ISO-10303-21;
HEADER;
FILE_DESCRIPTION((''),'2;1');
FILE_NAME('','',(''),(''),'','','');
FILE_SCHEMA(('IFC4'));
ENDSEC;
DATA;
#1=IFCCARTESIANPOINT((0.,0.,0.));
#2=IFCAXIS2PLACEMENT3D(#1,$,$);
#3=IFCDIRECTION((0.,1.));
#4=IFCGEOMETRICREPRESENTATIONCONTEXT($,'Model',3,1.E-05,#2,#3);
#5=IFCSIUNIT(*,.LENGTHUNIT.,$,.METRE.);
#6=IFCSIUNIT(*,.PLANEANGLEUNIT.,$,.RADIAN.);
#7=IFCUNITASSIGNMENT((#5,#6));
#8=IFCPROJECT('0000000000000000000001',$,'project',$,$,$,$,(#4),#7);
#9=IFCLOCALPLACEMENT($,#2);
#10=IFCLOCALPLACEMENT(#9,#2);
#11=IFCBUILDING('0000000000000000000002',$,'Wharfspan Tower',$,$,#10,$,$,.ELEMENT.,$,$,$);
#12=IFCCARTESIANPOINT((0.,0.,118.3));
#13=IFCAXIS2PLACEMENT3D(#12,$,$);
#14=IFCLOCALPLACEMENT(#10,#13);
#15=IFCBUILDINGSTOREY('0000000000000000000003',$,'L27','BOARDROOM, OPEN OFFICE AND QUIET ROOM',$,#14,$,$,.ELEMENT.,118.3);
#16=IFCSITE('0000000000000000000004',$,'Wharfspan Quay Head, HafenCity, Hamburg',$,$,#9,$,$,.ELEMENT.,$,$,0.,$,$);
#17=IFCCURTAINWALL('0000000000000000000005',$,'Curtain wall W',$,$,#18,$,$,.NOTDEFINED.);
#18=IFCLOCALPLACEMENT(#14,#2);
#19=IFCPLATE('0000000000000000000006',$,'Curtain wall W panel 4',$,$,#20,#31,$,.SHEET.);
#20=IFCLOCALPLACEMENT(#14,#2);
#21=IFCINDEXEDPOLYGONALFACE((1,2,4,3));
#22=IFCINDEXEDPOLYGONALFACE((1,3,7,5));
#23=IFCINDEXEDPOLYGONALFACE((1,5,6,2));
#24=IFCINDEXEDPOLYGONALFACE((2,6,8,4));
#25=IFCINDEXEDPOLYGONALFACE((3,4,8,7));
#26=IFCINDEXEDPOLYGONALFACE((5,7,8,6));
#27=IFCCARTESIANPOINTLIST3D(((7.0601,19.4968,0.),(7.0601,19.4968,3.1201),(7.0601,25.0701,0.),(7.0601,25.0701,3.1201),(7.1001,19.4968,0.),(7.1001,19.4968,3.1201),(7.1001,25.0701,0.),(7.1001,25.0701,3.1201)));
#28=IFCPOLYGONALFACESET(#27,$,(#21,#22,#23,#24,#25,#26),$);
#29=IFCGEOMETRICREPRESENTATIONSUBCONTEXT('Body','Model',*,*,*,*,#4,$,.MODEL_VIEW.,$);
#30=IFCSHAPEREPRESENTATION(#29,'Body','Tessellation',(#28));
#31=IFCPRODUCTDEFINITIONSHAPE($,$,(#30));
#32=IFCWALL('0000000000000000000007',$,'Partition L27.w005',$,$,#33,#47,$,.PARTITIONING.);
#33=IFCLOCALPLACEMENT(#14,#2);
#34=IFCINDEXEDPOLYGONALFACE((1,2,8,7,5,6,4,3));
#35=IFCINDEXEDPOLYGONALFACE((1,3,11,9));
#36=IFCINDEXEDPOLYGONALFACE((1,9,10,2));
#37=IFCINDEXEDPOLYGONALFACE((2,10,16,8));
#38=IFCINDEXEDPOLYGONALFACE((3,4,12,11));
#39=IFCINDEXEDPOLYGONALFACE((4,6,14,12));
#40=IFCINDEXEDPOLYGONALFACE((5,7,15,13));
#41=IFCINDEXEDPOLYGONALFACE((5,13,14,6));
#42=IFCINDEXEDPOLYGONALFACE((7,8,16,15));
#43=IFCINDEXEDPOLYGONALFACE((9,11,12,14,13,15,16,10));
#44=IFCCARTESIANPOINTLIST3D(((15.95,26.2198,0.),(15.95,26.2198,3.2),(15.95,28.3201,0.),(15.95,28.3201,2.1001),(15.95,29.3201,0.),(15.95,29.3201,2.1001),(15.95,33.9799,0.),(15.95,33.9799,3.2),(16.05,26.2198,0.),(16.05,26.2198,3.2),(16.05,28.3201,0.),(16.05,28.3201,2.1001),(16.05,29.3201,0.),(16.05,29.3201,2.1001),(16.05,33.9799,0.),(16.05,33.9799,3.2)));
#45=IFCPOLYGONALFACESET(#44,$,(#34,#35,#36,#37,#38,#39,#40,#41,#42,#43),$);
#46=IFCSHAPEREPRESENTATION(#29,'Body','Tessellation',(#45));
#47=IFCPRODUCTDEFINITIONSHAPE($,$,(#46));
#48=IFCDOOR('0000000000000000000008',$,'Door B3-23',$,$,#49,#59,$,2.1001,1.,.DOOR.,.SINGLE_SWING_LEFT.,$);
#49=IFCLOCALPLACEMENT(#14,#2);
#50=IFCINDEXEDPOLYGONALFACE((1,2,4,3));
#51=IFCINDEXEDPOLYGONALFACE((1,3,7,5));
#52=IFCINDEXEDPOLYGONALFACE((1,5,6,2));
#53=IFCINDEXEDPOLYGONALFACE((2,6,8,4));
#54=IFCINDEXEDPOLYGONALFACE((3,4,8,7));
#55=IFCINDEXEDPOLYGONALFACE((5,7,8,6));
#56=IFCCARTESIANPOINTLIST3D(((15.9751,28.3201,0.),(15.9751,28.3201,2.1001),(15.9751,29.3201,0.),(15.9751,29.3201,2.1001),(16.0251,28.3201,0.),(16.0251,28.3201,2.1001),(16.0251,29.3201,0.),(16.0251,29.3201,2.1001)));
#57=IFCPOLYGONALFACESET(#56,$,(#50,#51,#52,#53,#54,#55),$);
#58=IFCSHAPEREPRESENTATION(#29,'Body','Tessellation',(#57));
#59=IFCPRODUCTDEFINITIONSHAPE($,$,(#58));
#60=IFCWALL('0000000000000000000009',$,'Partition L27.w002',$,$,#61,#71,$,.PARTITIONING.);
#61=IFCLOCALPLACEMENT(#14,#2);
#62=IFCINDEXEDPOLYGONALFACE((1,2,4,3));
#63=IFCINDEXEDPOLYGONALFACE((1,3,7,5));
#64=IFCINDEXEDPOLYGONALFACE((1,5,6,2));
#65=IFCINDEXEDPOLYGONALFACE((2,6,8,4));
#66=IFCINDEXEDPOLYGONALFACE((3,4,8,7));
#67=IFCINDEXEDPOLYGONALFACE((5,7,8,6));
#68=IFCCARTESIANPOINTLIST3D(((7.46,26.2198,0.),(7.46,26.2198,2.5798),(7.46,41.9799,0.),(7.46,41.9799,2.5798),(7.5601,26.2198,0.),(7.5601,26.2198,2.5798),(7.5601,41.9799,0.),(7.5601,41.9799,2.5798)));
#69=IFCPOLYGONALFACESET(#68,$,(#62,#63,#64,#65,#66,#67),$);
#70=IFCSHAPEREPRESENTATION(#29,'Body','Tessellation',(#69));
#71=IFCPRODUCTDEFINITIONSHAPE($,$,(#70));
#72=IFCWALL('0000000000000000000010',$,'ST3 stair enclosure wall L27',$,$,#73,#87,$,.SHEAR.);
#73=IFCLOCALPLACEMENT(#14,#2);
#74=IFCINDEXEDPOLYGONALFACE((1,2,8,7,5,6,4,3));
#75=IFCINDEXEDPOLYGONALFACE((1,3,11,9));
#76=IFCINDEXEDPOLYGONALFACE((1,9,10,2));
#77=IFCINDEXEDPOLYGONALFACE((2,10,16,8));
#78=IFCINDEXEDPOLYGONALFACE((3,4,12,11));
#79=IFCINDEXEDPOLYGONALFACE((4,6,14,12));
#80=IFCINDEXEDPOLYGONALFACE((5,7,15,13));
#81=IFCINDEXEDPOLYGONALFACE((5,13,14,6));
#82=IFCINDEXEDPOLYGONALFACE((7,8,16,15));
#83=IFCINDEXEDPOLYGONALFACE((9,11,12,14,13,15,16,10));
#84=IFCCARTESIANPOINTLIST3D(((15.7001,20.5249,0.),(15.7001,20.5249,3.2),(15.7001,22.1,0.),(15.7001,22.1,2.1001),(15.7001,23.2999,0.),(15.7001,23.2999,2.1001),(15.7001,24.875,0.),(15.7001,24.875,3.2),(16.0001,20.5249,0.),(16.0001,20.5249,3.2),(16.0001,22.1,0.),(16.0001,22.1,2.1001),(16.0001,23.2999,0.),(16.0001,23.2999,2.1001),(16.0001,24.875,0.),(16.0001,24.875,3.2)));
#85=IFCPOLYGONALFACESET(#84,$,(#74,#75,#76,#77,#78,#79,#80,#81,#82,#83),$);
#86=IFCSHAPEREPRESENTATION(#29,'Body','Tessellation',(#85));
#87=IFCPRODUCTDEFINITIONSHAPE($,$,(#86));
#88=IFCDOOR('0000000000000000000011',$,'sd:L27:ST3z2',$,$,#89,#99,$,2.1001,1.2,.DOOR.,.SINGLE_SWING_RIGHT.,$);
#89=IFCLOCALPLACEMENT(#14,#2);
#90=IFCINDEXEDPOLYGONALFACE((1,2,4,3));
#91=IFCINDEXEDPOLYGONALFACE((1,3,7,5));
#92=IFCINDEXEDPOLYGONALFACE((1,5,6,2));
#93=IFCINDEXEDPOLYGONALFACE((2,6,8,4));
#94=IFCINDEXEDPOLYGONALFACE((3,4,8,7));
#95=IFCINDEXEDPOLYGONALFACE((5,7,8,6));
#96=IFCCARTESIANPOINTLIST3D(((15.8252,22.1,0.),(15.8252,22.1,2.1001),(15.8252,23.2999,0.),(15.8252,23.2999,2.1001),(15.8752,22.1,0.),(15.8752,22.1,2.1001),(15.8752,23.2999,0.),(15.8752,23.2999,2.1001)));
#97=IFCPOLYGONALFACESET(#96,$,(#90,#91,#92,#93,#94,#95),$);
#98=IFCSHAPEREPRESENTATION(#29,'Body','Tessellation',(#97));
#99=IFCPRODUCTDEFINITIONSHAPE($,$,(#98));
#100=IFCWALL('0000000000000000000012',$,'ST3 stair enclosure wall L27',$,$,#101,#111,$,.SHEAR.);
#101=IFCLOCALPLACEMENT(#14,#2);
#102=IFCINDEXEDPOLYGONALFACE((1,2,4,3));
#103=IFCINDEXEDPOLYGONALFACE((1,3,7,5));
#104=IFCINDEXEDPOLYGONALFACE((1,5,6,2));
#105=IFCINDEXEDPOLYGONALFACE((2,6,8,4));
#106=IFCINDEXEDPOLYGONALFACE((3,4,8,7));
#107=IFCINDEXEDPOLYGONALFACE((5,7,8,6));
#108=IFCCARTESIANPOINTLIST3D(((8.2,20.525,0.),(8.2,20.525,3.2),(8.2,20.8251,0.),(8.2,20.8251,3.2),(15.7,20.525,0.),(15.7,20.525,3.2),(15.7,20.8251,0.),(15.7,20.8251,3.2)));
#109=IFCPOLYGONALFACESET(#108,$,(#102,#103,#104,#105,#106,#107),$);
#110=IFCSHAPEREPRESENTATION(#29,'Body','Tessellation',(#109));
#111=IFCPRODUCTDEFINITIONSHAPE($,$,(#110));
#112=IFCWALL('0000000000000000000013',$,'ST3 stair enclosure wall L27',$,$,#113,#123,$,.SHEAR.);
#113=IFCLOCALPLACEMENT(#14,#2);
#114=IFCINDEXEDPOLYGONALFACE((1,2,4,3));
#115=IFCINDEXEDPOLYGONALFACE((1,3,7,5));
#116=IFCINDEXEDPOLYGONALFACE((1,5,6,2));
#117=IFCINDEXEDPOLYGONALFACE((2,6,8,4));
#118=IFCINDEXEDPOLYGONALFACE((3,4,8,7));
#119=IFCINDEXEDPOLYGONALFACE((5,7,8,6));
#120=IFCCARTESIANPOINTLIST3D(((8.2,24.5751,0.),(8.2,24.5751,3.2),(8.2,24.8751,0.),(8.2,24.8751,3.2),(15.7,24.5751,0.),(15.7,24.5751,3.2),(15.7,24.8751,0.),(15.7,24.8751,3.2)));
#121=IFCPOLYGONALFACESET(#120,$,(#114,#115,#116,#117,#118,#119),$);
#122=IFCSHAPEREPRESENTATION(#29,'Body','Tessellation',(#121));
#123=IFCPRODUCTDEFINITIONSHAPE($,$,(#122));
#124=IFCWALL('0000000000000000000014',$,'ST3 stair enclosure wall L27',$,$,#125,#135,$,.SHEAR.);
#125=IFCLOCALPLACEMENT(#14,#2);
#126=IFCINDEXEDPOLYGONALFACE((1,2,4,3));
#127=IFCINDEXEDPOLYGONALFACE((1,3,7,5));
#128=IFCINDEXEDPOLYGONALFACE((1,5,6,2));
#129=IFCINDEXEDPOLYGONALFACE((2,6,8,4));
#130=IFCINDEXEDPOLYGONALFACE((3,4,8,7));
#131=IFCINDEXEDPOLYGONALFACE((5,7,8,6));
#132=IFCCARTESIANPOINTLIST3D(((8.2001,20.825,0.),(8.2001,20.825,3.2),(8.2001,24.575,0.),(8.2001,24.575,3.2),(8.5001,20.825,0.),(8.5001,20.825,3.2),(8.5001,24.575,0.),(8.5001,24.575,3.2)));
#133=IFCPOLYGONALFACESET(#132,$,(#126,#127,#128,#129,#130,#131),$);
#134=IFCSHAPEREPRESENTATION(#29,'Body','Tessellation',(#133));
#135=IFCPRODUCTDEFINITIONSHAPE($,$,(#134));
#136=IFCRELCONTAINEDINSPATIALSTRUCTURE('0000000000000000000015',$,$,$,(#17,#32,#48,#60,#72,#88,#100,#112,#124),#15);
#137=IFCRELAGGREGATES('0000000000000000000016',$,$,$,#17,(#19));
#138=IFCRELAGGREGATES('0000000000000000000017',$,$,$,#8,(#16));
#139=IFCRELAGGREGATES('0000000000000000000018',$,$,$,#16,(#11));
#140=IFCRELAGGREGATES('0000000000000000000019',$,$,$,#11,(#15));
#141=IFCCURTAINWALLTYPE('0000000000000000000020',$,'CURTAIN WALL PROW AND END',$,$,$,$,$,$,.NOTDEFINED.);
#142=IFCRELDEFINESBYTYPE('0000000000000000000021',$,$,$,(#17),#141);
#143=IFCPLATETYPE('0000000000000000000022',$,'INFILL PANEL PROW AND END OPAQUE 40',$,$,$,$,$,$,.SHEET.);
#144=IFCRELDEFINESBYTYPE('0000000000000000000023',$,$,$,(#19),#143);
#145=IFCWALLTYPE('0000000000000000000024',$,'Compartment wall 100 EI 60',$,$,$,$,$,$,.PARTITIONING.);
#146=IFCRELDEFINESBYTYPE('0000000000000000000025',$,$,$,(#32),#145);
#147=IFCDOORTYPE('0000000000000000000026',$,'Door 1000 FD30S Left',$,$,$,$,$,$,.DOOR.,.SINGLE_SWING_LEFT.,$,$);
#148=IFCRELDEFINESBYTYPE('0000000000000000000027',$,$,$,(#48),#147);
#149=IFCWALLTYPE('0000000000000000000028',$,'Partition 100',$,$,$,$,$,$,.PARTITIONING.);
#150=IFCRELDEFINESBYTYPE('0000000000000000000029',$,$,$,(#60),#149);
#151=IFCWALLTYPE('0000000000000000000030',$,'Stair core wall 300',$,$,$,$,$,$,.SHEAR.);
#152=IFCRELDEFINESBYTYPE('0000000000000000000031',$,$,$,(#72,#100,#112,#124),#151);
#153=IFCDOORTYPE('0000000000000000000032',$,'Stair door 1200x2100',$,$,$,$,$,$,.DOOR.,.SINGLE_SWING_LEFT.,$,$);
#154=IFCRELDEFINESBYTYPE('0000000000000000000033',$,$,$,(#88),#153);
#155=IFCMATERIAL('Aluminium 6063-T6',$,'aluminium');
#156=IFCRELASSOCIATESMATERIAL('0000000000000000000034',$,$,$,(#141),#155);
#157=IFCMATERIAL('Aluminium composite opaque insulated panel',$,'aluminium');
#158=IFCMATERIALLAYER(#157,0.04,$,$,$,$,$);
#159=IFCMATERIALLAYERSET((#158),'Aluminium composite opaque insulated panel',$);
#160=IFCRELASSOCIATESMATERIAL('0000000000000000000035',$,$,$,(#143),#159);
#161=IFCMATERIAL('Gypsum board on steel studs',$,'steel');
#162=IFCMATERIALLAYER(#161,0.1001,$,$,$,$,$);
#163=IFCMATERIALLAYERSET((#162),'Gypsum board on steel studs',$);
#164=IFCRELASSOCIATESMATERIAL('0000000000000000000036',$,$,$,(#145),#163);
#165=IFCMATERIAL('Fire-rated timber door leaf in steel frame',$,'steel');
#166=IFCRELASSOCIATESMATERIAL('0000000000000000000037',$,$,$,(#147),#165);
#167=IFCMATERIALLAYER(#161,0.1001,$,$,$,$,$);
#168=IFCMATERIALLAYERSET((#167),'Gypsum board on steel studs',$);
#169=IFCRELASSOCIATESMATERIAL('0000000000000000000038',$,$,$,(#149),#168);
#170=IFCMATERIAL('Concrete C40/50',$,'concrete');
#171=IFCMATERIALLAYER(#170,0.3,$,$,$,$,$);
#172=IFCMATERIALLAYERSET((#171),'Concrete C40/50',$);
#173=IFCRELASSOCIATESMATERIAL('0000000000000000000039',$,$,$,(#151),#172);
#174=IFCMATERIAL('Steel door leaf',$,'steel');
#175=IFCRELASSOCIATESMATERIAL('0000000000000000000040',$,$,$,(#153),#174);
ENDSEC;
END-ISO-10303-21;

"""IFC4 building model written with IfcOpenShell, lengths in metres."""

from ifc_helpers import new_model, si_unit, direction, frame, frame_2d, origin, origin_2d, place, context, subcontext, project, spatial, rectangle, extrude, material, layer, layer_set, type_object, element, fill, aggregate, save


model = new_model("IFC4")

# Units and contexts
model_context = context("Model", 3, precision=1e-05, world=origin(), true_north=direction((0.0, 1.0)))
body_context = subcontext(model_context, "Body", "Model", "MODEL_VIEW")
ifc_project = project(units=[si_unit("LENGTHUNIT", "METRE"), si_unit("PLANEANGLEUNIT", "RADIAN")], contexts=[model_context])

# Site, building, storey
site_placement = place(None, origin())
site = spatial("IfcSite", under=ifc_project, at=site_placement, Name="Wharfspan Quay Head, HafenCity, Hamburg", CompositionType="ELEMENT", RefElevation=0.0)
building_placement = place(site_placement, origin())
building = spatial("IfcBuilding", under=site, at=building_placement, Name="Wharfspan Tower", CompositionType="ELEMENT")
storey_placement = place(building_placement, frame((0.0, 0.0, 118.3)))
storey = spatial("IfcBuildingStorey", under=building, at=storey_placement, Name="L27", Description="BOARDROOM, OPEN OFFICE AND QUIET ROOM", CompositionType="ELEMENT", Elevation=118.3)

# Curtain wall
ifc_material_1 = material(Name="Aluminium 6063-T6", Category="aluminium")
curtain_wall_type = type_object("IfcCurtainWallType", Name="CURTAIN WALL PROW AND END", PredefinedType="NOTDEFINED", material=ifc_material_1)
curtain_wall_placement = place(storey_placement, origin())
curtain_wall = element("IfcCurtainWall", 1, at=curtain_wall_placement, inside=storey, type_object=curtain_wall_type, Name="Curtain wall W", PredefinedType="NOTDEFINED")

# Plate
ifc_material_2 = material(Name="Aluminium composite opaque insulated panel", Category="aluminium")
ifc_layer_1 = layer(ifc_material_2, 0.04)
ifc_layer_set_1 = layer_set([ifc_layer_1], Name="Aluminium composite opaque insulated panel")
plate_type = type_object("IfcPlateType", Name="INFILL PANEL PROW AND END OPAQUE 40", PredefinedType="SHEET", material=ifc_layer_set_1)
plate_1_placement = place(storey_placement, frame((7.0801, 22.2834, 0.0), z_axis=(0.0, 0.0, 1.0), x_axis=(0.0, -1.0, 0.0)))
plate_1 = element("IfcPlate", 2, at=plate_1_placement, type_object=plate_type, Name="Curtain wall W panel 4", PredefinedType="SHEET", context=body_context, shape_type="SweptSolid", body=[
    extrude(rectangle(XDim=5.5732, YDim=0.04, at=origin_2d()), origin(), (0.0, 0.0, 1.0), 3.1201),
])
aggregate(curtain_wall, [plate_1])

# Wall, opening, door
ifc_material_3 = material(Name="Gypsum board on steel studs", Category="steel")
ifc_layer_2 = layer(ifc_material_3, 0.1001)
ifc_layer_set_2 = layer_set([ifc_layer_2], Name="Gypsum board on steel studs")
wall_type_1 = type_object("IfcWallType", Name="Compartment wall 100 EI 60", PredefinedType="PARTITIONING", material=ifc_layer_set_2)
wall_1_placement = place(storey_placement, frame((16.0, 26.22, 0.0), z_axis=(0.0, 0.0, 1.0), x_axis=(0.0, 1.0, 0.0)))
wall_1 = element("IfcWall", 3, at=wall_1_placement, inside=storey, type_object=wall_type_1, Name="Partition L27.w005", PredefinedType="PARTITIONING", context=body_context, shape_type="SweptSolid", body=[
    extrude(rectangle(XDim=7.76, YDim=0.1001, at=frame_2d((3.8799, 0.0))), origin(), (0.0, 0.0, 1.0), 3.2),
])
opening_1_placement = place(wall_1_placement, frame((2.1001, 0.0, 0.0)))
opening_1 = element("IfcOpeningElement", 4, at=opening_1_placement, cuts=wall_1, PredefinedType="OPENING", context=body_context, shape_type="SweptSolid", body=[
    extrude(rectangle(XDim=1.0, YDim=2.1001, at=frame_2d((0.5, 1.05))), frame((0.0, 0.0601, 0.0), z_axis=(0.0, -1.0, 0.0), x_axis=(1.0, 0.0, 0.0)), (0.0, 0.0, 1.0), 0.1201),
])
ifc_material_4 = material(Name="Fire-rated timber door leaf in steel frame", Category="steel")
door_type_1 = type_object("IfcDoorType", Name="Door 1000 FD30S Left", OperationType="SINGLE_SWING_LEFT", PredefinedType="DOOR", material=ifc_material_4)
door_1_placement = place(opening_1_placement, origin())
door_1 = element("IfcDoor", 5, at=door_1_placement, inside=storey, type_object=door_type_1, Name="Door B3-23", OperationType="SINGLE_SWING_LEFT", OverallHeight=2.1001, OverallWidth=1.0, PredefinedType="DOOR", context=body_context, shape_type="SweptSolid", body=[
    extrude(rectangle(XDim=1.0, YDim=2.1001, at=frame_2d((0.5, 1.05))), frame((0.0, 0.0249, 0.0), z_axis=(0.0, -1.0, 0.0), x_axis=(1.0, 0.0, 0.0)), (0.0, 0.0, 1.0), 0.05),
])
fill(opening_1, door_1)

# Wall
ifc_layer_3 = layer(ifc_material_3, 0.1001)
ifc_layer_set_3 = layer_set([ifc_layer_3], Name="Gypsum board on steel studs")
wall_type_2 = type_object("IfcWallType", Name="Partition 100", PredefinedType="PARTITIONING", material=ifc_layer_set_3)
wall_2_placement = place(storey_placement, frame((7.51, 26.22, 0.0), z_axis=(0.0, 0.0, 1.0), x_axis=(0.0, 1.0, 0.0)))
element("IfcWall", 6, at=wall_2_placement, inside=storey, type_object=wall_type_2, Name="Partition L27.w002", PredefinedType="PARTITIONING", context=body_context, shape_type="SweptSolid", body=[
    extrude(rectangle(XDim=15.76, YDim=0.1001, at=frame_2d((7.8799, 0.0))), origin(), (0.0, 0.0, 1.0), 2.5798),
])

# Wall, opening, door
ifc_material_5 = material(Name="Concrete C40/50", Category="concrete")
ifc_layer_4 = layer(ifc_material_5, 0.3)
ifc_layer_set_4 = layer_set([ifc_layer_4], Name="Concrete C40/50")
wall_type_3 = type_object("IfcWallType", Name="Stair core wall 300", PredefinedType="SHEAR", material=ifc_layer_set_4)
wall_3_placement = place(storey_placement, frame((15.8501, 20.5249, 0.0), z_axis=(0.0, 0.0, 1.0), x_axis=(0.0, 1.0, 0.0)))
wall_3 = element("IfcWall", 7, at=wall_3_placement, inside=storey, type_object=wall_type_3, Name="ST3 stair enclosure wall L27", PredefinedType="SHEAR", context=body_context, shape_type="SweptSolid", body=[
    extrude(rectangle(XDim=4.3501, YDim=0.3, at=frame_2d((2.175, 0.0))), origin(), (0.0, 0.0, 1.0), 3.2),
])
opening_2_placement = place(wall_3_placement, frame((1.575, 0.0, 0.0)))
opening_2 = element("IfcOpeningElement", 8, at=opening_2_placement, cuts=wall_3, PredefinedType="OPENING", context=body_context, shape_type="SweptSolid", body=[
    extrude(rectangle(XDim=1.2, YDim=2.1001, at=frame_2d((0.6001, 1.05))), frame((0.0, 0.1599, 0.0), z_axis=(0.0, -1.0, 0.0), x_axis=(1.0, 0.0, 0.0)), (0.0, 0.0, 1.0), 0.3201),
])
ifc_material_6 = material(Name="Steel door leaf", Category="steel")
door_type_2 = type_object("IfcDoorType", Name="Stair door 1200x2100", OperationType="SINGLE_SWING_LEFT", PredefinedType="DOOR", material=ifc_material_6)
door_2_placement = place(opening_2_placement, origin())
door_2 = element("IfcDoor", 9, at=door_2_placement, inside=storey, type_object=door_type_2, Name="sd:L27:ST3z2", OperationType="SINGLE_SWING_RIGHT", OverallHeight=2.1001, OverallWidth=1.2, PredefinedType="DOOR", context=body_context, shape_type="SweptSolid", body=[
    extrude(rectangle(XDim=1.2, YDim=2.1001, at=frame_2d((0.6001, 1.05))), frame((0.0, 0.0249, 0.0), z_axis=(0.0, -1.0, 0.0), x_axis=(1.0, 0.0, 0.0)), (0.0, 0.0, 1.0), 0.05),
])
fill(opening_2, door_2)

# Walls
for number, where, z_axis, x_axis, name in (
    (10, (8.2, 20.675, 0.0), (0.0, 0.0, 1.0), (1.0, 0.0, 0.0), "ST3 stair enclosure wall L27"),
    (11, (8.2, 24.7251, 0.0), (0.0, 0.0, 1.0), (1.0, 0.0, 0.0), "ST3 stair enclosure wall L27"),
):
    element("IfcWall", number, at=place(storey_placement, frame(where, z_axis=z_axis, x_axis=x_axis)), inside=storey, type_object=wall_type_3, Name=name, PredefinedType="SHEAR", context=body_context, shape_type="SweptSolid", body=[
        extrude(rectangle(XDim=7.5, YDim=0.3, at=frame_2d((3.75, 0.0))), origin(), (0.0, 0.0, 1.0), 3.2),
    ])
wall_4_placement = place(storey_placement, frame((8.3501, 20.825, 0.0), z_axis=(0.0, 0.0, 1.0), x_axis=(0.0, 1.0, 0.0)))
element("IfcWall", 12, at=wall_4_placement, inside=storey, type_object=wall_type_3, Name="ST3 stair enclosure wall L27", PredefinedType="SHEAR", context=body_context, shape_type="SweptSolid", body=[
    extrude(rectangle(XDim=3.75, YDim=0.3, at=frame_2d((1.875, 0.0))), origin(), (0.0, 0.0, 1.0), 3.2),
])

save(model, "model.ifc")
